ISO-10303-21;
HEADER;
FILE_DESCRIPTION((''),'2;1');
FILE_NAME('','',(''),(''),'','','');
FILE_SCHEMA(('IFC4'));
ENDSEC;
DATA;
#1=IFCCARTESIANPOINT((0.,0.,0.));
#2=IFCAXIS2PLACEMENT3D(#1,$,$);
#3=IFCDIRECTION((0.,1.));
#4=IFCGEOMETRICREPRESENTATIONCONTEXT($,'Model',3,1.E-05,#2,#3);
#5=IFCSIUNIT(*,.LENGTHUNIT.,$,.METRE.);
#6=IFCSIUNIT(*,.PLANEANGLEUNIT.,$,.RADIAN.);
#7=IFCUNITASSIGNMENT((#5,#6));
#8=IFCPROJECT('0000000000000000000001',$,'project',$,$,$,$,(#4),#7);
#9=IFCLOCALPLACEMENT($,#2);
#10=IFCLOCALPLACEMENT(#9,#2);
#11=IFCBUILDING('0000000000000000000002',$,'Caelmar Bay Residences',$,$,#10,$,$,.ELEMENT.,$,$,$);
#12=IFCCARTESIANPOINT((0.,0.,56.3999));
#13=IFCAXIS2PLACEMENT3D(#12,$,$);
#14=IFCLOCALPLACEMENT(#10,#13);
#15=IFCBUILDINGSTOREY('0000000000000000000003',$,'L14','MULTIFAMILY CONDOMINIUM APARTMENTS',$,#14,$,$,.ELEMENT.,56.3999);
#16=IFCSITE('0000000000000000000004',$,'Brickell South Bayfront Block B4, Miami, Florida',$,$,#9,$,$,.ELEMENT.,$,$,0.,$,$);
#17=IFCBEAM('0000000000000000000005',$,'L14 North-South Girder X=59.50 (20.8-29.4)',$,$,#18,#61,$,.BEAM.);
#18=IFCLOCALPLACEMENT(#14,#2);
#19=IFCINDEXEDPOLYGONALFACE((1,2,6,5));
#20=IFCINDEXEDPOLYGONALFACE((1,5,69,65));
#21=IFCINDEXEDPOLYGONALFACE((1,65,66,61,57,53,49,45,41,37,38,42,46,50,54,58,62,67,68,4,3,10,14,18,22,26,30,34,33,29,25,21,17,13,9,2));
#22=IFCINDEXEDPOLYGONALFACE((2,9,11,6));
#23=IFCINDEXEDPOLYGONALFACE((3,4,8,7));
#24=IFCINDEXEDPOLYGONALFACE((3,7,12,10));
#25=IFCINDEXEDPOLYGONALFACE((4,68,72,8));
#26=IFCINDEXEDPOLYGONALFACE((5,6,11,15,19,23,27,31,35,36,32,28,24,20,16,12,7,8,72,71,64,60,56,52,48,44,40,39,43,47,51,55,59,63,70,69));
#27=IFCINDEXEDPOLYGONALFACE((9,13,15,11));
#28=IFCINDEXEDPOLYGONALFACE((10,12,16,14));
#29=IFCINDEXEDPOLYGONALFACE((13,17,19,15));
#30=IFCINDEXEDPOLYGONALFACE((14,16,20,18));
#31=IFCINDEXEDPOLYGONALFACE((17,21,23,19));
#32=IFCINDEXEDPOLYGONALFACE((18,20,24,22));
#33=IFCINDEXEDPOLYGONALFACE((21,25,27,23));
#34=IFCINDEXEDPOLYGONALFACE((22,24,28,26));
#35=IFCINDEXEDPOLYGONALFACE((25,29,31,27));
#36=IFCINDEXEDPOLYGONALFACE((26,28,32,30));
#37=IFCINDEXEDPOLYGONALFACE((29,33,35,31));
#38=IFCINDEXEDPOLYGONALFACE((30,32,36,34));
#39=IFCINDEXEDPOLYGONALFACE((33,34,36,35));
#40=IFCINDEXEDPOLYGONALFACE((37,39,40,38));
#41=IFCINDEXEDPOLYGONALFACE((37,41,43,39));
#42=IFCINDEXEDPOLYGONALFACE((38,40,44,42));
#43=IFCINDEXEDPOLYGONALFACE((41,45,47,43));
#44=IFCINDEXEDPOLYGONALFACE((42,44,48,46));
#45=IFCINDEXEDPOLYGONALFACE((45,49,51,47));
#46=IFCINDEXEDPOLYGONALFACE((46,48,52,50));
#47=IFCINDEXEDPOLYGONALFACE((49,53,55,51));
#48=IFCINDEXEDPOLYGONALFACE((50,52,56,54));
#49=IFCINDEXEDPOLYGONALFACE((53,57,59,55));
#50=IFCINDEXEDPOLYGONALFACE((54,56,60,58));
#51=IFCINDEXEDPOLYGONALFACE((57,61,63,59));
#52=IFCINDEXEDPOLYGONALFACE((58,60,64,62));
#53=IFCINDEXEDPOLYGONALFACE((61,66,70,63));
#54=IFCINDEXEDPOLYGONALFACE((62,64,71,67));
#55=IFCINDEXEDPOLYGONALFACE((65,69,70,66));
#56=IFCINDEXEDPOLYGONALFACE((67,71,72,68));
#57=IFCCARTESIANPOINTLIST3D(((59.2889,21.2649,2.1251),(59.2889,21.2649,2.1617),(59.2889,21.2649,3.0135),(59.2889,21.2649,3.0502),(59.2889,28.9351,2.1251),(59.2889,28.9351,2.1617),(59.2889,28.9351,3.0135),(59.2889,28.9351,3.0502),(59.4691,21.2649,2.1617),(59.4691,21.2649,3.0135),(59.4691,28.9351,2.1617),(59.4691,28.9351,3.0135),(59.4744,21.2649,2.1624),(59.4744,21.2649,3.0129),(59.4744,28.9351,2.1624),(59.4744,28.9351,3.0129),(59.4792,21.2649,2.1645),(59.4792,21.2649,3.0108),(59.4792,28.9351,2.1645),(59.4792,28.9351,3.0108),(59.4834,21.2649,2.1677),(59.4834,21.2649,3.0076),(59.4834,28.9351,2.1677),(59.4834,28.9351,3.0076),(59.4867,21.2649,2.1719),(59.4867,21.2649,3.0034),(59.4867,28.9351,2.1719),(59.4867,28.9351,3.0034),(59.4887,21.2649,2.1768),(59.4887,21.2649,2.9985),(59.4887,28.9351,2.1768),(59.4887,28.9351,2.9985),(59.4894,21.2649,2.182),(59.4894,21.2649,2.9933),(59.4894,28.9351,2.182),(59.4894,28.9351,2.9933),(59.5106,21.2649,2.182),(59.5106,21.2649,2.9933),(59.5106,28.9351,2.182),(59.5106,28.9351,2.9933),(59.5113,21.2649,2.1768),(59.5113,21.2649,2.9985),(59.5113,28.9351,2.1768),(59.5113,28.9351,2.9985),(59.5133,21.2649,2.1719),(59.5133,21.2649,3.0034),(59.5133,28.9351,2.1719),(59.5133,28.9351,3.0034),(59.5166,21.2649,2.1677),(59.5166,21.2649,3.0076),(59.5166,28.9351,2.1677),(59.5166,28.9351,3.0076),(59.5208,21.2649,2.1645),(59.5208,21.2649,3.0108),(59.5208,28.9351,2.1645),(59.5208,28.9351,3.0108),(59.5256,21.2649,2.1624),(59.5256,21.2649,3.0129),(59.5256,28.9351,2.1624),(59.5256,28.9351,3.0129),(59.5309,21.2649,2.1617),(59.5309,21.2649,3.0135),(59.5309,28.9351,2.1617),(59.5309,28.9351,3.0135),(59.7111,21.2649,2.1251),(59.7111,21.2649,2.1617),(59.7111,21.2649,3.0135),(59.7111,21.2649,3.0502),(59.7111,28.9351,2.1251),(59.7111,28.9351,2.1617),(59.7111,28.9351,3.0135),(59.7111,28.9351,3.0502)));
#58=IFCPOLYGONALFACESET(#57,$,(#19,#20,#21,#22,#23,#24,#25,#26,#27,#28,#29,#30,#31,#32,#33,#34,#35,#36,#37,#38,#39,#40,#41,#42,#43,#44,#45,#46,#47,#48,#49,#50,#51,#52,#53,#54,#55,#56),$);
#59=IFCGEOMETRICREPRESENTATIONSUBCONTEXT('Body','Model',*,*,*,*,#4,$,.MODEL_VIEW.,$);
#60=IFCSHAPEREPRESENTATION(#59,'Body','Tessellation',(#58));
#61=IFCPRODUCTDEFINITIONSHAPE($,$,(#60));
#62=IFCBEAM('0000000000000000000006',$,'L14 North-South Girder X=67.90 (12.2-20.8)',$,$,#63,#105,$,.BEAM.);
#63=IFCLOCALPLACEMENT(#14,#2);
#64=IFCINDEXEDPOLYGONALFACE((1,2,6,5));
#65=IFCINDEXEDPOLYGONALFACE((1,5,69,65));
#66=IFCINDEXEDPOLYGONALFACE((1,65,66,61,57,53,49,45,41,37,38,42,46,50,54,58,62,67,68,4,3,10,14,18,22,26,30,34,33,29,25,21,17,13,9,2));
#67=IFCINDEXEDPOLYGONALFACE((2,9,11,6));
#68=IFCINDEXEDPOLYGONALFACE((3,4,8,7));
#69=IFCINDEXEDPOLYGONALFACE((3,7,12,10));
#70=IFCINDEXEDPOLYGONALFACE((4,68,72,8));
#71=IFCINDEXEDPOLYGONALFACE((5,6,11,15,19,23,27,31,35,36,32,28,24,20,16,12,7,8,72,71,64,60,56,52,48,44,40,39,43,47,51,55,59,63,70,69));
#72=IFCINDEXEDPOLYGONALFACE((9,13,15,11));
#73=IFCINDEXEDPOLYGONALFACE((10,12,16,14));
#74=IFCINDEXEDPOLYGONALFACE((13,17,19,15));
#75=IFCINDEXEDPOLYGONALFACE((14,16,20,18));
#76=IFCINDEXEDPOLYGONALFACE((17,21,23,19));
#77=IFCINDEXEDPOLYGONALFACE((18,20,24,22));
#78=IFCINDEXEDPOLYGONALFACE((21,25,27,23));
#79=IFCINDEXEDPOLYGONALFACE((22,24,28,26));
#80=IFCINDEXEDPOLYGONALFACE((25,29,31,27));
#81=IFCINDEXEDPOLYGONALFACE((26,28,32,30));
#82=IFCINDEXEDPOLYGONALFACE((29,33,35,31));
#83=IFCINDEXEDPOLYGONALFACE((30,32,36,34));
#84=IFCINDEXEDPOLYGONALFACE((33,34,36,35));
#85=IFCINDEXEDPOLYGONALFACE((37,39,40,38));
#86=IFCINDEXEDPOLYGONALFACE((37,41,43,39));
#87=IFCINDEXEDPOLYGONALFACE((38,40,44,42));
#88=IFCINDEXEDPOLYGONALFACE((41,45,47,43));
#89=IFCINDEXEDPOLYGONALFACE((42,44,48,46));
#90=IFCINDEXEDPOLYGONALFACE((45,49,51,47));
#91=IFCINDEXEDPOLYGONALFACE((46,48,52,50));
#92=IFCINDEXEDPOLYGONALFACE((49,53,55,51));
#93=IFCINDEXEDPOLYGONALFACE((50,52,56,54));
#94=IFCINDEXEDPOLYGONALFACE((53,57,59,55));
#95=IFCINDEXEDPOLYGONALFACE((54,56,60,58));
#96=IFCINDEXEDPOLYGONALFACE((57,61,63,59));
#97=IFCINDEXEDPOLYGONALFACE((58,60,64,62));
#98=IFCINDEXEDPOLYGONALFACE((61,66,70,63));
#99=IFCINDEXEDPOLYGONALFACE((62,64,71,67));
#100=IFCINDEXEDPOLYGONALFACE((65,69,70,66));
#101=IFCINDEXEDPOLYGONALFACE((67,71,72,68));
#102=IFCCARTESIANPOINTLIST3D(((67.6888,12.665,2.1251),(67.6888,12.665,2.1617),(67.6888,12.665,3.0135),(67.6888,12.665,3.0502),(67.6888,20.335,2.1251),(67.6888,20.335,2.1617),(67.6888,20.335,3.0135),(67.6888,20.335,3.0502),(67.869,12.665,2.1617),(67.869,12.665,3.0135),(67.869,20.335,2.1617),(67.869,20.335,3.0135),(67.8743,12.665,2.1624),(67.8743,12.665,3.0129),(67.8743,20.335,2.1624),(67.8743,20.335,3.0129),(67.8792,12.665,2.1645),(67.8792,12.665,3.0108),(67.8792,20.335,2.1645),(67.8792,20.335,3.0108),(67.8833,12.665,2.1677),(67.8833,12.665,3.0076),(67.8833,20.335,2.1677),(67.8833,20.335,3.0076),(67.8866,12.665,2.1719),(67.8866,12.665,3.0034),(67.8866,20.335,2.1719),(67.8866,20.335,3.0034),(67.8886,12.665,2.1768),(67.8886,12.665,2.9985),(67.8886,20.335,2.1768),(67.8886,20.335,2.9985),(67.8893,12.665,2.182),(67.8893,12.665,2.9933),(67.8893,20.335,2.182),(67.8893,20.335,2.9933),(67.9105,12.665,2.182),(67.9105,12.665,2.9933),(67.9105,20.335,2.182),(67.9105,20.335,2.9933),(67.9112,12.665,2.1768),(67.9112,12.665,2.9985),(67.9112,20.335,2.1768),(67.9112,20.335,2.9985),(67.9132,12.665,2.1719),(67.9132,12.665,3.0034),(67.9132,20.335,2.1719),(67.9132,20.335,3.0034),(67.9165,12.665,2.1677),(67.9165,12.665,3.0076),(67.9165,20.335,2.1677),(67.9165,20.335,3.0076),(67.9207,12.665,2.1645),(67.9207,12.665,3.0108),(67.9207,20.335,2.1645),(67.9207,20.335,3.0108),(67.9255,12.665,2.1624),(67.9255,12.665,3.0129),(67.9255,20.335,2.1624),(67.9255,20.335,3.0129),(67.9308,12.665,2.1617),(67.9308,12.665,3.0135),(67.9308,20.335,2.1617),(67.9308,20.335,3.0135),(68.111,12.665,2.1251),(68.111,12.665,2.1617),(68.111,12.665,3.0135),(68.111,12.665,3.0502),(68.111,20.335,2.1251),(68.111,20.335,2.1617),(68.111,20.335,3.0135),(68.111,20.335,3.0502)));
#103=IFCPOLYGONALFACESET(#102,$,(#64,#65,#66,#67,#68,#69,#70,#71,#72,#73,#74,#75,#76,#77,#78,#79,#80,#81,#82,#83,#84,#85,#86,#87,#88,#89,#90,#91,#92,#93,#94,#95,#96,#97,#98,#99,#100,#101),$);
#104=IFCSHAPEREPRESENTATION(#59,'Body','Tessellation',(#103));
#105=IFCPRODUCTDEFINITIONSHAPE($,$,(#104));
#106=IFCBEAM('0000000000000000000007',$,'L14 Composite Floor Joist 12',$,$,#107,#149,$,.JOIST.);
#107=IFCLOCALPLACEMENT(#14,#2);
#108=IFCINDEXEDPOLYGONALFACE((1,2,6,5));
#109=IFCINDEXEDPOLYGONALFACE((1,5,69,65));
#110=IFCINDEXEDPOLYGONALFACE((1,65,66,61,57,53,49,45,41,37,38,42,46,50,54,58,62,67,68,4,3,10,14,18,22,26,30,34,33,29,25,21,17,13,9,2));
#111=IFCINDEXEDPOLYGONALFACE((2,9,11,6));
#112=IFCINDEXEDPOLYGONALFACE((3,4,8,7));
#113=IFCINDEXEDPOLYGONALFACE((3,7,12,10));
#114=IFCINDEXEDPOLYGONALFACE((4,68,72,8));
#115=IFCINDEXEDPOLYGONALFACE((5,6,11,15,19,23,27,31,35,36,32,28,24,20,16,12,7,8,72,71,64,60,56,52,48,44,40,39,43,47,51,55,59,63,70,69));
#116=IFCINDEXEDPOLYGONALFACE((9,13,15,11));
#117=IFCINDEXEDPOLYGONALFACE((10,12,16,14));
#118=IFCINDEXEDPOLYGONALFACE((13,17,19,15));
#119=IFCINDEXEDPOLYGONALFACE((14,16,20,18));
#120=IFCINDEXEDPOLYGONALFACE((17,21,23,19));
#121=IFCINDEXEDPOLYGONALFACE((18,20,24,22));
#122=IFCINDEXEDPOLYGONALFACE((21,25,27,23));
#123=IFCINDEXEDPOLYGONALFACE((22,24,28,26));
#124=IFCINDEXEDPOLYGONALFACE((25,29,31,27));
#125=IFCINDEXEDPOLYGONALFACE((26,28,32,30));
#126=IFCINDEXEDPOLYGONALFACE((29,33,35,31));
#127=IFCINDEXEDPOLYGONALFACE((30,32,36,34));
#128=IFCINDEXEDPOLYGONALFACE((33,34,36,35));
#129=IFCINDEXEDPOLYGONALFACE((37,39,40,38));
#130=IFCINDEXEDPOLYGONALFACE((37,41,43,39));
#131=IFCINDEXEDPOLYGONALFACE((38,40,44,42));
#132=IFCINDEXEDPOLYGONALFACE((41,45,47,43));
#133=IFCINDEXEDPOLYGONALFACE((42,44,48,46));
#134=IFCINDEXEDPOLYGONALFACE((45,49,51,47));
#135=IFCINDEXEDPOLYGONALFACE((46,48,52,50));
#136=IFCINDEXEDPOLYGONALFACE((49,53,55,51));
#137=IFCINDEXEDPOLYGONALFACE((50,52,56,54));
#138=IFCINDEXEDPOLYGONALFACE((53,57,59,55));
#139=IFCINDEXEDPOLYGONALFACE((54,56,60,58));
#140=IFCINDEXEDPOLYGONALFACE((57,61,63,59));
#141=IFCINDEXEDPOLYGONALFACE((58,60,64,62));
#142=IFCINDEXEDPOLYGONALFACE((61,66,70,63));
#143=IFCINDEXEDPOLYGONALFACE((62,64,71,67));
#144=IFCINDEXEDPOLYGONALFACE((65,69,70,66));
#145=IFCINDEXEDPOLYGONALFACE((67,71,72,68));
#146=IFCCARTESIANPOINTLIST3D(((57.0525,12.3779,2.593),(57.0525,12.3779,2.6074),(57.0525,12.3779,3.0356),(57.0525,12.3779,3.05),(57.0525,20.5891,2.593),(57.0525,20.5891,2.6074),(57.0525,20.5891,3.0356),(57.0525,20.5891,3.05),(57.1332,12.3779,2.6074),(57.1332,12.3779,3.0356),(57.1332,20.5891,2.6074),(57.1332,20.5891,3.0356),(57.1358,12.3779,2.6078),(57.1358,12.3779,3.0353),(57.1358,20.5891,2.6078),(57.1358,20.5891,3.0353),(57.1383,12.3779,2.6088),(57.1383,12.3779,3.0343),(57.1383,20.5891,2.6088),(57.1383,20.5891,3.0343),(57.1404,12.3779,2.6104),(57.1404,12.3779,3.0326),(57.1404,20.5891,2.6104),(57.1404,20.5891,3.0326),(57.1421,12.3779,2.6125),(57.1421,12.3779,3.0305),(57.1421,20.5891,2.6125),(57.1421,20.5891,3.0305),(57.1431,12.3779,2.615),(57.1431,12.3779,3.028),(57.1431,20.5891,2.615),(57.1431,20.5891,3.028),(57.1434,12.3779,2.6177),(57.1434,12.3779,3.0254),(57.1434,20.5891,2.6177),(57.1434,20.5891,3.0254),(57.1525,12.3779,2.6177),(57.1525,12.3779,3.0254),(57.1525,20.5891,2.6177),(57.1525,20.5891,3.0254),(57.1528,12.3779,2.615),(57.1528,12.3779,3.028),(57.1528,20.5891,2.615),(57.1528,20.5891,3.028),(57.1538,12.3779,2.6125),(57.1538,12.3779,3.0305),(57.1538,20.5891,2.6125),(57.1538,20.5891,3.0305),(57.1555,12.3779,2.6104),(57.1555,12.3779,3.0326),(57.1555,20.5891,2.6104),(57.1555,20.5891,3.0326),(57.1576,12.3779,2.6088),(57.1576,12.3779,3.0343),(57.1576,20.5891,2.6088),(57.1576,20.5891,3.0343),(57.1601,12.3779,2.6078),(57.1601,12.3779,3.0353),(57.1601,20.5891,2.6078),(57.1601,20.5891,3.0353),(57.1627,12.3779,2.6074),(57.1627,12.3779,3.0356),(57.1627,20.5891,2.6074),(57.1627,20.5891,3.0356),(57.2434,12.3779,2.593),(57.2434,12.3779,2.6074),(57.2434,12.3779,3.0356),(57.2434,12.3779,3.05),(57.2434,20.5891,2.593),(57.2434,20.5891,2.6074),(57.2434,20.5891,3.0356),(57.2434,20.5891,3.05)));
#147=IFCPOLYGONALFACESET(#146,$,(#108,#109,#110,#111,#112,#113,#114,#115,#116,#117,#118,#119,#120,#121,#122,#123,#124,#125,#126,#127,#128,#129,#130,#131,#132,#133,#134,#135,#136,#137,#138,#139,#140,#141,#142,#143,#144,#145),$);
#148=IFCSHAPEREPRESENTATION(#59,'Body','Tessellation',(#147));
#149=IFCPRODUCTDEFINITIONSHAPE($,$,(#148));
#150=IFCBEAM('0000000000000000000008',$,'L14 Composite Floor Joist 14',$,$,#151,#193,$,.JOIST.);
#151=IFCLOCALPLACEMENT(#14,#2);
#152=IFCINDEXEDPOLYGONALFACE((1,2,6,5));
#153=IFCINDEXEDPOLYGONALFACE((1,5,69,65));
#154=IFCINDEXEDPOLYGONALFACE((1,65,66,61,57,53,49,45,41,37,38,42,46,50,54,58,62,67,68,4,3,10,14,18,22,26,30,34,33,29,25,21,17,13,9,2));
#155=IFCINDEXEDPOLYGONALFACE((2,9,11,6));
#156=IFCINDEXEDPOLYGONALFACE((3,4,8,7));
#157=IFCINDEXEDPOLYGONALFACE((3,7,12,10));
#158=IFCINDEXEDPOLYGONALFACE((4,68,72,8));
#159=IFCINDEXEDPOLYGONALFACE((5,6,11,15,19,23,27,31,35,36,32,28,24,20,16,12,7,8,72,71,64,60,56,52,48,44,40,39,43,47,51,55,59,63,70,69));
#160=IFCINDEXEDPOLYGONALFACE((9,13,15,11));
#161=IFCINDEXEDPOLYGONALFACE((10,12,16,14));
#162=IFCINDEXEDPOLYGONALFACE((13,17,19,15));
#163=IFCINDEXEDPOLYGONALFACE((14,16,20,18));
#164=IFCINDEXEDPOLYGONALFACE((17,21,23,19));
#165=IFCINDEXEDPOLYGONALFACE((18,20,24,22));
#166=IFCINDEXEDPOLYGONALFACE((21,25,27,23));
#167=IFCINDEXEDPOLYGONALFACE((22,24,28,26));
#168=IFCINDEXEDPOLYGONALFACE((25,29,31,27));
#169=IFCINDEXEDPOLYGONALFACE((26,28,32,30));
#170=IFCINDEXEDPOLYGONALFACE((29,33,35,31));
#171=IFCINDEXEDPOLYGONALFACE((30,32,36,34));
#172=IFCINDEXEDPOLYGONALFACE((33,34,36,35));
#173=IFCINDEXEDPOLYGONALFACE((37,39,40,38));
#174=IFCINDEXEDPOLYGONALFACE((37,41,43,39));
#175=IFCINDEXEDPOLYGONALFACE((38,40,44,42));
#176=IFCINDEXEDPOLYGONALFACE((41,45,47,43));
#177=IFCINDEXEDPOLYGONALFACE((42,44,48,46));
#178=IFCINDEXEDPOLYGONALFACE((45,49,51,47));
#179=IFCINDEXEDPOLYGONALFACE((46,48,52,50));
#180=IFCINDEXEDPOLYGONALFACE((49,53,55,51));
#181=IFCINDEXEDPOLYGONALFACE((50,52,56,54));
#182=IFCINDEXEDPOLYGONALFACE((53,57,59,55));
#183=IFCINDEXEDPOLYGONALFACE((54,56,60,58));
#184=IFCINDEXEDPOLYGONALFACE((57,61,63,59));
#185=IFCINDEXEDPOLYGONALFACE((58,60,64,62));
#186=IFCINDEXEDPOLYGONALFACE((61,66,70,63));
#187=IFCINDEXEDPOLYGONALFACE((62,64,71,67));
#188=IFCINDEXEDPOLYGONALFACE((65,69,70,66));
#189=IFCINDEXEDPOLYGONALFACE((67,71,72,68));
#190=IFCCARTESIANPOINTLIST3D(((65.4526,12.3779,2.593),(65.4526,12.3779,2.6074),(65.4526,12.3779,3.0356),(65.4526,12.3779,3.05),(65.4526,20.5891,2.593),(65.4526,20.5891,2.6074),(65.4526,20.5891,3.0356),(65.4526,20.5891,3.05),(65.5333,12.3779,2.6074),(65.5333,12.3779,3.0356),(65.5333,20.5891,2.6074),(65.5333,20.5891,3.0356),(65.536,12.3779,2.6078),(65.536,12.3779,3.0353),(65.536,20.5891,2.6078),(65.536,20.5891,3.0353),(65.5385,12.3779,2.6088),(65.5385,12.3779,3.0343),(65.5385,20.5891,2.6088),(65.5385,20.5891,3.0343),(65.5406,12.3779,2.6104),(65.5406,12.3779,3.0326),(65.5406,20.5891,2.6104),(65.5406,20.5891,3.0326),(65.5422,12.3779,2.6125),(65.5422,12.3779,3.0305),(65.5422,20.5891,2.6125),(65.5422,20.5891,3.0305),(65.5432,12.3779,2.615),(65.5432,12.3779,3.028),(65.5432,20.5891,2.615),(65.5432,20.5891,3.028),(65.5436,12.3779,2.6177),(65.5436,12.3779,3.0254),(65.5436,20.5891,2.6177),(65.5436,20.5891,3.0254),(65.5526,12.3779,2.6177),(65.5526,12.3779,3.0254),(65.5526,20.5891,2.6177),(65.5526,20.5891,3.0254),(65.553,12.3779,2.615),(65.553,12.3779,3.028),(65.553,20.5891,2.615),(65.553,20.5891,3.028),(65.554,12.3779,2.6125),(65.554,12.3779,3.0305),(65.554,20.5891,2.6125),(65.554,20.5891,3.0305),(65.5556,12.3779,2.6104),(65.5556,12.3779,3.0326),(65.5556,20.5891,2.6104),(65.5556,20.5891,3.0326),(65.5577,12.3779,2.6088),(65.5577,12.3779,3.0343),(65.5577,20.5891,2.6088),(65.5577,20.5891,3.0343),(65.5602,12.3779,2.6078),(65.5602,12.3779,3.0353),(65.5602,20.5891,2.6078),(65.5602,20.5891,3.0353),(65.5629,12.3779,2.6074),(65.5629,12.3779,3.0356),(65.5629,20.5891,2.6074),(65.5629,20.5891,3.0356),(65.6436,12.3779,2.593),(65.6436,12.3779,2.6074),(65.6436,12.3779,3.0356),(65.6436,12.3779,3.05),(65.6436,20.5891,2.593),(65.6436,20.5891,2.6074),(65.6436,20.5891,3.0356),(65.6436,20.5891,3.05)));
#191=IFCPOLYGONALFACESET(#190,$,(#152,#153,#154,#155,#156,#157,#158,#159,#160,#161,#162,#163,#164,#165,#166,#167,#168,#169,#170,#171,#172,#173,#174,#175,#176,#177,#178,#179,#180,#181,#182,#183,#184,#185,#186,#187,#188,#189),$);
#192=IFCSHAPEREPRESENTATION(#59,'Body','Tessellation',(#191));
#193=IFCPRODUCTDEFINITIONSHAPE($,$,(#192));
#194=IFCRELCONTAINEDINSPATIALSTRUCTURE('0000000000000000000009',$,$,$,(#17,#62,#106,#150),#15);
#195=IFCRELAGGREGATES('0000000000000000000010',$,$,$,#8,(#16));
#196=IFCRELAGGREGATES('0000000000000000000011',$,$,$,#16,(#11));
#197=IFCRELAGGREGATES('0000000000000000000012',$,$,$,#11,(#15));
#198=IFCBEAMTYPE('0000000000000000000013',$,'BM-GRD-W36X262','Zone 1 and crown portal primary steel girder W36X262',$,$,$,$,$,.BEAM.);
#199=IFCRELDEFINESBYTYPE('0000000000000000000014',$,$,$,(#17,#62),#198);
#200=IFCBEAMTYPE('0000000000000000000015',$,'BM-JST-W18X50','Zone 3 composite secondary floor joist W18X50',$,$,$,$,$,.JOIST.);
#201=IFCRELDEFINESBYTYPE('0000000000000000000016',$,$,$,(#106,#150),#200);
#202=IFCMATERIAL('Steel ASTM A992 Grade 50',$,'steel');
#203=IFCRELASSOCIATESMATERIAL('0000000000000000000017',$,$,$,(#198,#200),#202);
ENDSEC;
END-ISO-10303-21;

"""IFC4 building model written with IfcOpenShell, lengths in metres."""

from ifc_helpers import new_model, si_unit, direction, frame, origin, origin_2d, place, context, subcontext, project, spatial, i_section, extrude, material, material_profile, profile_set, type_object, element, save


model = new_model("IFC4")

# Units and contexts
model_context = context("Model", 3, precision=1e-05, world=origin(), true_north=direction((0.0, 1.0)))
body_context = subcontext(model_context, "Body", "Model", "MODEL_VIEW")
ifc_project = project(units=[si_unit("LENGTHUNIT", "METRE"), si_unit("PLANEANGLEUNIT", "RADIAN")], contexts=[model_context])

# Site, building, storey
site_placement = place(None, origin())
site = spatial("IfcSite", under=ifc_project, at=site_placement, Name="Brickell South Bayfront Block B4, Miami, Florida", CompositionType="ELEMENT", RefElevation=0.0)
building_placement = place(site_placement, origin())
building = spatial("IfcBuilding", under=site, at=building_placement, Name="Caelmar Bay Residences", CompositionType="ELEMENT")
storey_placement = place(building_placement, frame((0.0, 0.0, 56.3999)))
storey = spatial("IfcBuildingStorey", under=building, at=storey_placement, Name="L14", Description="MULTIFAMILY CONDOMINIUM APARTMENTS", CompositionType="ELEMENT", Elevation=56.3999)

# Beams
ifc_material_1 = material(Name="Steel ASTM A992 Grade 50", Category="steel")
ifc_material_profile_1 = material_profile(ifc_material_1, i_section(OverallWidth=0.4221, OverallDepth=0.925, WebThickness=0.0212, FlangeThickness=0.0366, FilletRadius=0.0203, at=origin_2d()), Name="W36X262")
ifc_profile_set_1 = profile_set([ifc_material_profile_1], Name="Steel ASTM A992 Grade 50")
beam_type_1 = type_object("IfcBeamType", Name="BM-GRD-W36X262", Description="Zone 1 and crown portal primary steel girder W36X262", PredefinedType="BEAM", material=ifc_profile_set_1)
beam_1_placement = place(storey_placement, frame((59.5, 21.2649, 2.5876), z_axis=(0.0, 1.0, 0.0), x_axis=(-1.0, 0.0, 0.0)))
element("IfcBeam", 1, at=beam_1_placement, inside=storey, type_object=beam_type_1, Name="L14 North-South Girder X=59.50 (20.8-29.4)", PredefinedType="BEAM", context=body_context, shape_type="SweptSolid", body=[
    extrude(i_section(OverallWidth=0.4221, OverallDepth=0.925, WebThickness=0.0212, FlangeThickness=0.0366, FilletRadius=0.0203, at=origin_2d()), origin(), (0.0, 0.0, 1.0), 7.6702),
])
beam_2_placement = place(storey_placement, frame((67.8999, 12.665, 2.5876), z_axis=(0.0, 1.0, 0.0), x_axis=(-1.0, 0.0, 0.0)))
element("IfcBeam", 2, at=beam_2_placement, inside=storey, type_object=beam_type_1, Name="L14 North-South Girder X=67.90 (12.2-20.8)", PredefinedType="BEAM", context=body_context, shape_type="SweptSolid", body=[
    extrude(i_section(OverallWidth=0.4221, OverallDepth=0.925, WebThickness=0.0212, FlangeThickness=0.0366, FilletRadius=0.0203, at=origin_2d()), origin(), (0.0, 0.0, 1.0), 7.6699),
])
ifc_material_profile_2 = material_profile(ifc_material_1, i_section(OverallWidth=0.1909, OverallDepth=0.457, WebThickness=0.009, FlangeThickness=0.0144, FilletRadius=0.0103, at=origin_2d()), Name="W18X50")
ifc_profile_set_2 = profile_set([ifc_material_profile_2], Name="Steel ASTM A992 Grade 50")
beam_type_2 = type_object("IfcBeamType", Name="BM-JST-W18X50", Description="Zone 3 composite secondary floor joist W18X50", PredefinedType="JOIST", material=ifc_profile_set_2)
for number, where, z_axis, x_axis, name in (
    (3, (57.1479, 12.3779, 2.8215), (0.0, 1.0, 0.0), (-1.0, 0.0, 0.0), "L14 Composite Floor Joist 12"),
    (4, (65.5481, 12.3779, 2.8215), (0.0, 1.0, 0.0), (-1.0, 0.0, 0.0), "L14 Composite Floor Joist 14"),
):
    element("IfcBeam", number, at=place(storey_placement, frame(where, z_axis=z_axis, x_axis=x_axis)), inside=storey, type_object=beam_type_2, Name=name, PredefinedType="JOIST", context=body_context, shape_type="SweptSolid", body=[
        extrude(i_section(OverallWidth=0.1909, OverallDepth=0.457, WebThickness=0.009, FlangeThickness=0.0144, FilletRadius=0.0103, at=origin_2d()), origin(), (0.0, 0.0, 1.0), 8.2112),
    ])

save(model, "model.ifc")
